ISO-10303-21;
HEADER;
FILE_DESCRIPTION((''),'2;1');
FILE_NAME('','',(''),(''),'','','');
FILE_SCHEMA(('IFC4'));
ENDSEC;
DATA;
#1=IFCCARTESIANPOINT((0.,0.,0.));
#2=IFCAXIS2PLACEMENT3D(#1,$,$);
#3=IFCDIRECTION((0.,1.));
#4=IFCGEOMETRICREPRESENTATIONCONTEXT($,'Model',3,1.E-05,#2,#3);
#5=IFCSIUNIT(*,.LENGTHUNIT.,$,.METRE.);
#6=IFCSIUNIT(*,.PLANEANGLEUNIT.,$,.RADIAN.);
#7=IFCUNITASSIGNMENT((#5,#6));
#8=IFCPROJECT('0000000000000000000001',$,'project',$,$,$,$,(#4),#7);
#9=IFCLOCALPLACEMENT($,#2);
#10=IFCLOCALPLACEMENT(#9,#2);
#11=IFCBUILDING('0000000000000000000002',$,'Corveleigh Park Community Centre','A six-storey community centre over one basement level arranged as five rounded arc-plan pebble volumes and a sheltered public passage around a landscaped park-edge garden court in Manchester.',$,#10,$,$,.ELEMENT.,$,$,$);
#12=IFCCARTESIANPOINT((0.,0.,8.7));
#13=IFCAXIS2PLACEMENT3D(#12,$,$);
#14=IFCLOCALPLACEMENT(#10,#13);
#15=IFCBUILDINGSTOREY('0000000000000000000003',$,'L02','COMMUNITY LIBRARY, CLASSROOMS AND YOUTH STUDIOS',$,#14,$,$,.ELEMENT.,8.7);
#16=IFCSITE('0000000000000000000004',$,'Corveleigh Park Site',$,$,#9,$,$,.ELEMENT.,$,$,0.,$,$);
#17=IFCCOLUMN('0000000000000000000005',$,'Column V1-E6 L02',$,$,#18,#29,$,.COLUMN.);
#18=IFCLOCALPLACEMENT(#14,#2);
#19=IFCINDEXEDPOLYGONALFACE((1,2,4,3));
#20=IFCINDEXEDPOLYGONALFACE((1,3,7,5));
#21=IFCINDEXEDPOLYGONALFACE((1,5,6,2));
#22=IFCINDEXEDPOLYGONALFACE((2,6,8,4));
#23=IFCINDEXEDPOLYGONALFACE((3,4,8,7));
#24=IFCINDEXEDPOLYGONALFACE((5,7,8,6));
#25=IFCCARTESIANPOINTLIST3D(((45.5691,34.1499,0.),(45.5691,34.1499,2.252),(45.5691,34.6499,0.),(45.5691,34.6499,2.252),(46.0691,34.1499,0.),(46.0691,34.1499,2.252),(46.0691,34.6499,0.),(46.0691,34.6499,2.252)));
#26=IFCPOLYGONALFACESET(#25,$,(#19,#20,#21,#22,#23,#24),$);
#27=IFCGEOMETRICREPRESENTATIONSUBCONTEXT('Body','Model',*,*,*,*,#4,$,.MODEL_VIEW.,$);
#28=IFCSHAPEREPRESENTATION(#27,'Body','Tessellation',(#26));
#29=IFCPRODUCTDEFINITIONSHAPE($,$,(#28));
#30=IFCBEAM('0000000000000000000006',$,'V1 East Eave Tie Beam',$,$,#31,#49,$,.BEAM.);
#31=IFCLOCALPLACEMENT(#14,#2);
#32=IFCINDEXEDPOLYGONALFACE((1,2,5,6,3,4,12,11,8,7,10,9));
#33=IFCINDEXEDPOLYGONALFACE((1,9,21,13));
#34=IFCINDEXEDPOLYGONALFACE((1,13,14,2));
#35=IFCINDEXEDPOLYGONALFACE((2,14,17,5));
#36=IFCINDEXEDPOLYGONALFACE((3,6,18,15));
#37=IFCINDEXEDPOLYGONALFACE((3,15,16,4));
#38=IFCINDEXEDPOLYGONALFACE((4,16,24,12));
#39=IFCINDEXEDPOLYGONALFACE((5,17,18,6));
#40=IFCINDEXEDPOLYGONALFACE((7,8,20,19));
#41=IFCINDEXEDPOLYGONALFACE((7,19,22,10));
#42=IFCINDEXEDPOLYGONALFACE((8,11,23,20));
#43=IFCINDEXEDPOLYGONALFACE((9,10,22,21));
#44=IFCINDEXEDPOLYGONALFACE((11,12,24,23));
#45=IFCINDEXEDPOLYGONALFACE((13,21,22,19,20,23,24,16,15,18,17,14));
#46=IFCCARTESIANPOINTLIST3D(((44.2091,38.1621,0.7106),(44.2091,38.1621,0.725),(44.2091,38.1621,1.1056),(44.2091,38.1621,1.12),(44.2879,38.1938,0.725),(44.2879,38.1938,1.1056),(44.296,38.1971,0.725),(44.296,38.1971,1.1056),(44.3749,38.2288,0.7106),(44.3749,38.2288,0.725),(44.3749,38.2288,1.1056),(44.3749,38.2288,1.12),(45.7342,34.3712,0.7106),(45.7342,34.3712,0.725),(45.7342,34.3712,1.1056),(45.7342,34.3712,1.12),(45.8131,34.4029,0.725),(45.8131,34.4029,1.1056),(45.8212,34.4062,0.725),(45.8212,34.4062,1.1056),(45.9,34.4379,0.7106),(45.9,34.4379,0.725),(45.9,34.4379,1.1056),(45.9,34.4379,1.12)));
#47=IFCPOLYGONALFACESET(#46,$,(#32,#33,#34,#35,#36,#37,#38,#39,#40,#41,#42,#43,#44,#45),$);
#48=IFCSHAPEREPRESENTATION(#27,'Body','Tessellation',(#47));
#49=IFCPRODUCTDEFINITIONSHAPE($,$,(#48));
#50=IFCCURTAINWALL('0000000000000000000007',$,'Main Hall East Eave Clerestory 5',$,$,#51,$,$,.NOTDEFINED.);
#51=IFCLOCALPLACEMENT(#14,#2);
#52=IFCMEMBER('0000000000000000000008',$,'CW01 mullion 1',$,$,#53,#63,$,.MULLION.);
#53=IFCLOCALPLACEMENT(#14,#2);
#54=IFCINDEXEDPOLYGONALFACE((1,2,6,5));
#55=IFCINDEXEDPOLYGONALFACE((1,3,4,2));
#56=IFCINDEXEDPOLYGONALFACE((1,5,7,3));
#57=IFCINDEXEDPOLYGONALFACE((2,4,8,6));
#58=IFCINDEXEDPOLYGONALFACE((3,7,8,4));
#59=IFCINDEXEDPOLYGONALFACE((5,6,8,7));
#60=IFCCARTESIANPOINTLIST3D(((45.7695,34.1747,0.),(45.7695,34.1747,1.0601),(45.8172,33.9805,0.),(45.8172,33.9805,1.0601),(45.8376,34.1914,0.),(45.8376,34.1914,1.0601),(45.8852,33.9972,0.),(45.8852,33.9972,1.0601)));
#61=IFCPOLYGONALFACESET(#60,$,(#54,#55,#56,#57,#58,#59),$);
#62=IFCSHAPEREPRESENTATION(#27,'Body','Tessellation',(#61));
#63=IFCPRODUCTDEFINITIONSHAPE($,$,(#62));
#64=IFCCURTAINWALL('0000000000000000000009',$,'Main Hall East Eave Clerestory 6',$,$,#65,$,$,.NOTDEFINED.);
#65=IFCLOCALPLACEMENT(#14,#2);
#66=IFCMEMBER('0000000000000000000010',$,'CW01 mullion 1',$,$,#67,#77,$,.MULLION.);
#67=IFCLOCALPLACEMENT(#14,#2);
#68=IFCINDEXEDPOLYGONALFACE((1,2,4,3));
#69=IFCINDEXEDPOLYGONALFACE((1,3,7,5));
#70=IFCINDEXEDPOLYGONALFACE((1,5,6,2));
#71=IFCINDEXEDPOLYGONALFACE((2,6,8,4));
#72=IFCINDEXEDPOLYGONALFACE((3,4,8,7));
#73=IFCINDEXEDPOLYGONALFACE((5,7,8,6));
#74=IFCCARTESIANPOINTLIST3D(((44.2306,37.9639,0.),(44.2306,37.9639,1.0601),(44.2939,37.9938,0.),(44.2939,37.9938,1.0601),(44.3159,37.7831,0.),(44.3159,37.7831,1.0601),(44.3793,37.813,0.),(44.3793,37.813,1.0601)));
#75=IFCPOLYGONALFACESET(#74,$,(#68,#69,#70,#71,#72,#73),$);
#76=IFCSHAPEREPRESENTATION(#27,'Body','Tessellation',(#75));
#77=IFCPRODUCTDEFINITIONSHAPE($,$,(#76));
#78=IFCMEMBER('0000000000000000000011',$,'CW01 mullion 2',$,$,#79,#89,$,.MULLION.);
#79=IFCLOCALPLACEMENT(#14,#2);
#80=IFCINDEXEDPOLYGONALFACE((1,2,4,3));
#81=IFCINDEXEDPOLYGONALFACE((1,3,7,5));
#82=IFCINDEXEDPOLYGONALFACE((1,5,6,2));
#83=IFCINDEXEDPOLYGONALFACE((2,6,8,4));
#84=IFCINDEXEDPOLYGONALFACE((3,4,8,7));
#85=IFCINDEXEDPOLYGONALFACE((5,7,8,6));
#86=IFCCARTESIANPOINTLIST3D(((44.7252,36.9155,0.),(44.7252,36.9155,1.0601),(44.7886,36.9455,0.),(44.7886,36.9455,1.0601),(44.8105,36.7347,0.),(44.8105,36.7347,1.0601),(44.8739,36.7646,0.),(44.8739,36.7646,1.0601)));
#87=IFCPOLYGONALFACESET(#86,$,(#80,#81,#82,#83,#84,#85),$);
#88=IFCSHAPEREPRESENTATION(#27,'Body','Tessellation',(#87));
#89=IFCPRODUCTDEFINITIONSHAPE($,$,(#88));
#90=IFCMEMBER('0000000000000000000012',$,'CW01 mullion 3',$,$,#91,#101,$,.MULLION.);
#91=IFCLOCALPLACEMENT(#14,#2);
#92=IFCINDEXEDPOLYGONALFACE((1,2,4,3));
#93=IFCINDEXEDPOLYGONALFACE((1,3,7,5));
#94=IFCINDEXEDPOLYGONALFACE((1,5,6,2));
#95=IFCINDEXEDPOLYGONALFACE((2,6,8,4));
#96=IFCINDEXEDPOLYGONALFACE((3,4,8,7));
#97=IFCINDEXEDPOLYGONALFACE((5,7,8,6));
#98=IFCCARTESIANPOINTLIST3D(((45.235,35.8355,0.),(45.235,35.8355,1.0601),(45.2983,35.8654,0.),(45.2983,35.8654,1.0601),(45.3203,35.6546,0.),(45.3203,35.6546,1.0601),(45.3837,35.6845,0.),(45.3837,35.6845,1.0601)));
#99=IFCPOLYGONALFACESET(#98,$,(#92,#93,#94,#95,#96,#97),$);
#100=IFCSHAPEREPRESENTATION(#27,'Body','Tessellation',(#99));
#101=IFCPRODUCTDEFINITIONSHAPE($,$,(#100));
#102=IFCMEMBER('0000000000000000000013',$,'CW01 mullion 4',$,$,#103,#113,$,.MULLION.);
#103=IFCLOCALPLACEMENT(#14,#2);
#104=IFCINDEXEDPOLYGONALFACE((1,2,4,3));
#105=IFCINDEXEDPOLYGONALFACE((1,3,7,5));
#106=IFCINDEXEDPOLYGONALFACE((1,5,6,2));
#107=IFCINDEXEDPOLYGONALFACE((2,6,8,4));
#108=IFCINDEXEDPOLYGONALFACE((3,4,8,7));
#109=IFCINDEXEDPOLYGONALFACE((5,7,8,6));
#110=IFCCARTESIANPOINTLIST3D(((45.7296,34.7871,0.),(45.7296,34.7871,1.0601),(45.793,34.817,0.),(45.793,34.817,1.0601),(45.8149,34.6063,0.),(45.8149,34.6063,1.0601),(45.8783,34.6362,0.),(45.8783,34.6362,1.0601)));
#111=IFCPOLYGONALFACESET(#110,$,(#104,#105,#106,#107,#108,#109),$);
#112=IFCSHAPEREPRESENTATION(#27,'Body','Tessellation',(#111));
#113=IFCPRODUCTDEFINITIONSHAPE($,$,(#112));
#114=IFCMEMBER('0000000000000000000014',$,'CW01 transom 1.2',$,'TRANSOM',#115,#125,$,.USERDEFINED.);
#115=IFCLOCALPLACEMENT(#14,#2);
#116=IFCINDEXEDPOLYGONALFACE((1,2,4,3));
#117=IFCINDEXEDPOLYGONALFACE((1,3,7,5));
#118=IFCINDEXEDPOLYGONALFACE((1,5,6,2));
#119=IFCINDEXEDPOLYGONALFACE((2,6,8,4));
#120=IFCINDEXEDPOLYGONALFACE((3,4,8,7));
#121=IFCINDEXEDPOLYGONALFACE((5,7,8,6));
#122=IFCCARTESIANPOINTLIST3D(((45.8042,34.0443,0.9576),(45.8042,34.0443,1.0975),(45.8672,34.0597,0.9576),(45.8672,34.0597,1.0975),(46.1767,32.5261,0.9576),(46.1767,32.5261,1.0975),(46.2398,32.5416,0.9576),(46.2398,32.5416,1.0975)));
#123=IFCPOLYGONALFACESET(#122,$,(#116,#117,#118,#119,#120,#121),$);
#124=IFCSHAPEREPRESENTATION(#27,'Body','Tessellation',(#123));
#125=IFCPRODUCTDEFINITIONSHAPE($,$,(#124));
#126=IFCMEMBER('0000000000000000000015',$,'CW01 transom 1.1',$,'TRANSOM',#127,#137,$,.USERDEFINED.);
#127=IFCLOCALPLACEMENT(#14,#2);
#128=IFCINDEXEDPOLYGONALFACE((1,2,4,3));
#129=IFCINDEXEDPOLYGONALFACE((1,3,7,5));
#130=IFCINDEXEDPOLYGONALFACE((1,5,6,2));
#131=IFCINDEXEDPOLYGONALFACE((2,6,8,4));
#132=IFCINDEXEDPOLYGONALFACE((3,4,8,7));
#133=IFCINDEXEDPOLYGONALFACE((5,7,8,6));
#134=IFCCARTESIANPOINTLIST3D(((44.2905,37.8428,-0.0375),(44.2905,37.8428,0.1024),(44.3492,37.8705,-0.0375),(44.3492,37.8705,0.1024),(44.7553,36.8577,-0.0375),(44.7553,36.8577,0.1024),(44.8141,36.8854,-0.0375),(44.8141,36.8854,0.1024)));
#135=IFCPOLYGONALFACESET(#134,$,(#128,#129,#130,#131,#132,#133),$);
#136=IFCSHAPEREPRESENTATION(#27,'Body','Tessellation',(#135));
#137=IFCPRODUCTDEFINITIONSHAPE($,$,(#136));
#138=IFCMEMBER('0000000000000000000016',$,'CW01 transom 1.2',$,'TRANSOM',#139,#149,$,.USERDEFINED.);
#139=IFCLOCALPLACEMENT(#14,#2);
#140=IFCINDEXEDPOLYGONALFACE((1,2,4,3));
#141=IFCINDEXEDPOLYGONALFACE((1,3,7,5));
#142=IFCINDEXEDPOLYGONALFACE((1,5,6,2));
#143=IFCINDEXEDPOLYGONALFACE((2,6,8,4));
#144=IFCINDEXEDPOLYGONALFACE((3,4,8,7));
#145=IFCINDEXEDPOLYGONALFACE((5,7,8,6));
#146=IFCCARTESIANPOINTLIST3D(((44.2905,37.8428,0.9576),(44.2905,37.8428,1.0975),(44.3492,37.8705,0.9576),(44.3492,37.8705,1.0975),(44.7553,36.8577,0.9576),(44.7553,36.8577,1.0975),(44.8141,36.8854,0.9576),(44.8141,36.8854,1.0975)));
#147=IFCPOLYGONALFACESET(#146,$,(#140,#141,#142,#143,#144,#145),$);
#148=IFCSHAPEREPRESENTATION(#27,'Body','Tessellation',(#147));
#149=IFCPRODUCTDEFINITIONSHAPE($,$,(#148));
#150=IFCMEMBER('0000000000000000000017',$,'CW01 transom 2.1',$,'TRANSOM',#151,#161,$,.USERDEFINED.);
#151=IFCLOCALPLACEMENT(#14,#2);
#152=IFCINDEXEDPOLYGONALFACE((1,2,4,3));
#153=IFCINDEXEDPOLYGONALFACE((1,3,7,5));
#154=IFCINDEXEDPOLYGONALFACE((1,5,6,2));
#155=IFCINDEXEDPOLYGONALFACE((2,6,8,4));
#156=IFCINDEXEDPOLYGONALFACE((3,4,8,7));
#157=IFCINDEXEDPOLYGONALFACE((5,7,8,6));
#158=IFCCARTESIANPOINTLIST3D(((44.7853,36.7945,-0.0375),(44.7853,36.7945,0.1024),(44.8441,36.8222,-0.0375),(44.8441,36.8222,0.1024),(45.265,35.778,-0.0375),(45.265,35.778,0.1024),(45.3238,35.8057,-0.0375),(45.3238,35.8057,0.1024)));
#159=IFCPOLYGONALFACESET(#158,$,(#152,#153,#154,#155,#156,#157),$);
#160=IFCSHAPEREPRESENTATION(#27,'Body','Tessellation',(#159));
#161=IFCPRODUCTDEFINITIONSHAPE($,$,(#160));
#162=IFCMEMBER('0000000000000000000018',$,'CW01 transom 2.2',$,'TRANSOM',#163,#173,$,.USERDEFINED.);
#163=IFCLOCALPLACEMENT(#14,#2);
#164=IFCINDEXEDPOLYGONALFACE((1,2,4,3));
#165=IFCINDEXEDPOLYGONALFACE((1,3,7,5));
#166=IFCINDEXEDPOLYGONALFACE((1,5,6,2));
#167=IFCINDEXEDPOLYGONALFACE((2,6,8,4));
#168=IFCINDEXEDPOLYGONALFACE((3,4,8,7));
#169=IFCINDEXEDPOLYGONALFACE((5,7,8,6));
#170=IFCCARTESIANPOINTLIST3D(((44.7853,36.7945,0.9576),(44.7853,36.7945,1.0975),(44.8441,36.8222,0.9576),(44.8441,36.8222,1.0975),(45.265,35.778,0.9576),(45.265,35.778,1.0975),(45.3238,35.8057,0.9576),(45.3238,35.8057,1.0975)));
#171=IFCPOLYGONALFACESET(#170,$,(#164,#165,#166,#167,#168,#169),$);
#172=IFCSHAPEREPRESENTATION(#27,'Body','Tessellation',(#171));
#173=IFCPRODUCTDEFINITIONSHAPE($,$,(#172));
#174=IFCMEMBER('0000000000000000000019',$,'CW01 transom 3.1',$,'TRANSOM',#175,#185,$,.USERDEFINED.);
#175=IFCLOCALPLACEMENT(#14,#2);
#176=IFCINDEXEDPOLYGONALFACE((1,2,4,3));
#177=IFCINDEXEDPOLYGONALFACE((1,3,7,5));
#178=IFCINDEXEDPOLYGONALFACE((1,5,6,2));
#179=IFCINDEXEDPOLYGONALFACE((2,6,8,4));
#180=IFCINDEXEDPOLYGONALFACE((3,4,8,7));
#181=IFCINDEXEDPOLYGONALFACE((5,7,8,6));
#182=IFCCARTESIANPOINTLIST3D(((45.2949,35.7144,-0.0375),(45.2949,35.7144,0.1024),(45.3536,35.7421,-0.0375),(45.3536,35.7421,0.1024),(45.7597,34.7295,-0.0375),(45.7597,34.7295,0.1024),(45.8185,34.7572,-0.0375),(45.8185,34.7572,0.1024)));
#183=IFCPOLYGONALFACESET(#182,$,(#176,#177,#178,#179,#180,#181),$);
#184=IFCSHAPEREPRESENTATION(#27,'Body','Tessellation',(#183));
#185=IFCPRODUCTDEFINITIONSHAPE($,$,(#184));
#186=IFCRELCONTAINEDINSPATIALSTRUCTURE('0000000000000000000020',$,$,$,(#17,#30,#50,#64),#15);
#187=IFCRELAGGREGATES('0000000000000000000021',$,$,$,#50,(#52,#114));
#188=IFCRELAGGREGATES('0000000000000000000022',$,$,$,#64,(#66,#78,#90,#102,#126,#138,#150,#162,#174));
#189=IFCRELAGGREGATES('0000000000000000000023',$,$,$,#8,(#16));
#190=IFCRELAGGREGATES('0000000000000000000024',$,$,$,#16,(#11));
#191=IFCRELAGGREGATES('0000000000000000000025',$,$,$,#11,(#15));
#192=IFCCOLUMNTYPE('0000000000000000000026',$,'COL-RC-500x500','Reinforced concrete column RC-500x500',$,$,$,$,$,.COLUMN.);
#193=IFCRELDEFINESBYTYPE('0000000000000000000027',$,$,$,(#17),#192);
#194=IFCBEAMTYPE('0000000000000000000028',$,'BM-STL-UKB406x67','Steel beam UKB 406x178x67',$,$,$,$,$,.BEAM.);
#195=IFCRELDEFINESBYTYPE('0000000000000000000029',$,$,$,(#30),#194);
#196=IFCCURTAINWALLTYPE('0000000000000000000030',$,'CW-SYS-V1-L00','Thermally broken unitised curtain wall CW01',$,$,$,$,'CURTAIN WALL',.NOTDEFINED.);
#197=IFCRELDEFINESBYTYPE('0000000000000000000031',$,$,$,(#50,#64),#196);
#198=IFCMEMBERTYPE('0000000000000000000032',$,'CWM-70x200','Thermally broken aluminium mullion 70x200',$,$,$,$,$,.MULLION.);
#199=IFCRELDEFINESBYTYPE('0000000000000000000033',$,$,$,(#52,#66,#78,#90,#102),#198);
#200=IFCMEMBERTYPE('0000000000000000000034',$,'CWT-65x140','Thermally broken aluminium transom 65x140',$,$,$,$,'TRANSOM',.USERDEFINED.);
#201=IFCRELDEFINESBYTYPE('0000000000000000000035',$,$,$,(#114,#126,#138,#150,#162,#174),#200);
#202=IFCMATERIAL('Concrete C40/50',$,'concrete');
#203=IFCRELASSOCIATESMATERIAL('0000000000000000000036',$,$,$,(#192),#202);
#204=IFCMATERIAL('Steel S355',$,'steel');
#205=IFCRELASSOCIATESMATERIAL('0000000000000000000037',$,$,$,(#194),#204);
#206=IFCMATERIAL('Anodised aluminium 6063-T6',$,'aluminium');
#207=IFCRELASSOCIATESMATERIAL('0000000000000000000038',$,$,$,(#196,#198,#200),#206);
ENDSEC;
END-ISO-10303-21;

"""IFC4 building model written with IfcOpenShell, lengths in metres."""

from ifc_helpers import new_model, si_unit, direction, frame, origin, origin_2d, place, context, subcontext, project, spatial, rectangle, i_section, extrude, material, material_profile, profile_set, type_object, element, aggregate, save


model = new_model("IFC4")

# Units and contexts
model_context = context("Model", 3, precision=1e-05, world=origin(), true_north=direction((0.0, 1.0)))
body_context = subcontext(model_context, "Body", "Model", "MODEL_VIEW")
ifc_project = project(units=[si_unit("LENGTHUNIT", "METRE"), si_unit("PLANEANGLEUNIT", "RADIAN")], contexts=[model_context])

# Site, building, storey
site_placement = place(None, origin())
site = spatial("IfcSite", under=ifc_project, at=site_placement, Name="Corveleigh Park Site", CompositionType="ELEMENT", RefElevation=0.0)
building_placement = place(site_placement, origin())
building = spatial("IfcBuilding", under=site, at=building_placement, Name="Corveleigh Park Community Centre", Description="A six-storey community centre over one basement level arranged as five rounded arc-plan pebble volumes and a sheltered public passage around a landscaped park-edge garden court in Manchester.", CompositionType="ELEMENT")
storey_placement = place(building_placement, frame((0.0, 0.0, 8.7)))
storey = spatial("IfcBuildingStorey", under=building, at=storey_placement, Name="L02", Description="COMMUNITY LIBRARY, CLASSROOMS AND YOUTH STUDIOS", CompositionType="ELEMENT", Elevation=8.7)

# Column
ifc_material_1 = material(Name="Concrete C40/50", Category="concrete")
ifc_material_profile_1 = material_profile(ifc_material_1, rectangle(XDim=0.5, YDim=0.5, at=origin_2d()), Name="RC-500x500", Category="concrete")
ifc_profile_set_1 = profile_set([ifc_material_profile_1], Name="Concrete C40/50")
column_type = type_object("IfcColumnType", Name="COL-RC-500x500", Description="Reinforced concrete column RC-500x500", PredefinedType="COLUMN", material=ifc_profile_set_1)
column_placement = place(storey_placement, frame((45.8191, 34.3999, 0.0), z_axis=(0.0, 0.0, 1.0), x_axis=(1.0, 0.0, 0.0)))
element("IfcColumn", 1, at=column_placement, inside=storey, type_object=column_type, Name="Column V1-E6 L02", PredefinedType="COLUMN", context=body_context, shape_type="SweptSolid", body=[
    extrude(rectangle(XDim=0.5, YDim=0.5, at=origin_2d()), origin(), (0.0, 0.0, 1.0), 2.252),
])

# Beam
ifc_material_2 = material(Name="Steel S355", Category="steel")
ifc_material_profile_2 = material_profile(ifc_material_2, i_section(OverallWidth=0.1787, OverallDepth=0.4094, WebThickness=0.0088, FlangeThickness=0.0144, at=origin_2d()), Name="UKB 406x178x67", Category="steel")
ifc_profile_set_2 = profile_set([ifc_material_profile_2], Name="Steel S355")
beam_type = type_object("IfcBeamType", Name="BM-STL-UKB406x67", Description="Steel beam UKB 406x178x67", PredefinedType="BEAM", material=ifc_profile_set_2)
beam_placement = place(storey_placement, frame((45.8171, 34.4045, 0.9153), z_axis=(-0.373255, 0.927729, 0.0), x_axis=(-0.927729, -0.373255, 0.0)))
element("IfcBeam", 2, at=beam_placement, inside=storey, type_object=beam_type, Name="V1 East Eave Tie Beam", PredefinedType="BEAM", context=body_context, shape_type="SweptSolid", body=[
    extrude(i_section(OverallWidth=0.1787, OverallDepth=0.4094, WebThickness=0.0088, FlangeThickness=0.0144, at=origin_2d()), origin(), (0.0, 0.0, 1.0), 4.0862),
])

# Curtain wall, member
ifc_material_3 = material(Name="Anodised aluminium 6063-T6", Category="aluminium")
curtain_wall_type = type_object("IfcCurtainWallType", Name="CW-SYS-V1-L00", Description="Thermally broken unitised curtain wall CW01", ElementType="CURTAIN WALL", PredefinedType="NOTDEFINED", material=ifc_material_3)
curtain_wall_1_placement = place(storey_placement, origin())
curtain_wall_1 = element("IfcCurtainWall", 3, at=curtain_wall_1_placement, inside=storey, type_object=curtain_wall_type, Name="Main Hall East Eave Clerestory 5", PredefinedType="NOTDEFINED")
ifc_material_profile_3 = material_profile(ifc_material_3, rectangle(XDim=0.0701, YDim=0.2, at=origin_2d()), Name="ALU-M70x200", Category="aluminium")
ifc_profile_set_3 = profile_set([ifc_material_profile_3], Name="Anodised aluminium 6063-T6")
member_type_1 = type_object("IfcMemberType", Name="CWM-70x200", Description="Thermally broken aluminium mullion 70x200", PredefinedType="MULLION", material=ifc_profile_set_3)
member_1_placement = place(storey_placement, frame((45.8274, 34.0859, 0.0), z_axis=(0.0, 0.0, 1.0), x_axis=(0.971191, 0.238302, 0.0)))
member_1 = element("IfcMember", 4, at=member_1_placement, type_object=member_type_1, Name="CW01 mullion 1", PredefinedType="MULLION", context=body_context, shape_type="SweptSolid", body=[
    extrude(rectangle(XDim=0.0701, YDim=0.2, at=origin_2d()), origin(), (0.0, 0.0, 1.0), 1.0601),
])

# Curtain wall, members
curtain_wall_2_placement = place(storey_placement, origin())
curtain_wall_2 = element("IfcCurtainWall", 5, at=curtain_wall_2_placement, inside=storey, type_object=curtain_wall_type, Name="Main Hall East Eave Clerestory 6", PredefinedType="NOTDEFINED")
member_2_placement = place(storey_placement, frame((44.3049, 37.8884, 0.0), z_axis=(0.0, 0.0, 1.0), x_axis=(0.904356, 0.426778, 0.0)))
member_2 = element("IfcMember", 6, at=member_2_placement, type_object=member_type_1, Name="CW01 mullion 1", PredefinedType="MULLION", context=body_context, shape_type="SweptSolid", body=[
    extrude(rectangle(XDim=0.0701, YDim=0.2, at=origin_2d()), origin(), (0.0, 0.0, 1.0), 1.0601),
])
member_3_placement = place(storey_placement, frame((44.7996, 36.8401, 0.0), z_axis=(0.0, 0.0, 1.0), x_axis=(0.904356, 0.426778, 0.0)))
member_3 = element("IfcMember", 7, at=member_3_placement, type_object=member_type_1, Name="CW01 mullion 2", PredefinedType="MULLION", context=body_context, shape_type="SweptSolid", body=[
    extrude(rectangle(XDim=0.0701, YDim=0.2, at=origin_2d()), origin(), (0.0, 0.0, 1.0), 1.0601),
])
member_4_placement = place(storey_placement, frame((45.3093, 35.76, 0.0), z_axis=(0.0, 0.0, 1.0), x_axis=(0.904356, 0.426778, 0.0)))
member_4 = element("IfcMember", 8, at=member_4_placement, type_object=member_type_1, Name="CW01 mullion 3", PredefinedType="MULLION", context=body_context, shape_type="SweptSolid", body=[
    extrude(rectangle(XDim=0.0701, YDim=0.2, at=origin_2d()), origin(), (0.0, 0.0, 1.0), 1.0601),
])
member_5_placement = place(storey_placement, frame((45.804, 34.7117, 0.0), z_axis=(0.0, 0.0, 1.0), x_axis=(0.904356, 0.426778, 0.0)))
member_5 = element("IfcMember", 9, at=member_5_placement, type_object=member_type_1, Name="CW01 mullion 4", PredefinedType="MULLION", context=body_context, shape_type="SweptSolid", body=[
    extrude(rectangle(XDim=0.0701, YDim=0.2, at=origin_2d()), origin(), (0.0, 0.0, 1.0), 1.0601),
])

# Members
ifc_material_profile_4 = material_profile(ifc_material_3, rectangle(XDim=0.0649, YDim=0.1399, at=origin_2d()), Name="ALU-T65x140", Category="aluminium")
ifc_profile_set_4 = profile_set([ifc_material_profile_4], Name="Anodised aluminium 6063-T6")
member_type_2 = type_object("IfcMemberType", Name="CWT-65x140", Description="Thermally broken aluminium transom 65x140", ElementType="TRANSOM", PredefinedType="USERDEFINED", material=ifc_profile_set_4)
member_6_placement = place(storey_placement, frame((45.8357, 34.052, 1.0276), z_axis=(0.238344, -0.971181, 0.0), x_axis=(0.971181, 0.238344, 0.0)))
member_6 = element("IfcMember", 10, at=member_6_placement, type_object=member_type_2, Name="CW01 transom 1.2", ObjectType="TRANSOM", PredefinedType="USERDEFINED", context=body_context, shape_type="SweptSolid", body=[
    extrude(rectangle(XDim=0.0649, YDim=0.1399, at=origin_2d()), origin(), (0.0, 0.0, 1.0), 1.5632),
])
aggregate(curtain_wall_1, [member_1, member_6])
member_7_placement = place(storey_placement, frame((44.3198, 37.8567, 0.0325), z_axis=(0.426747, -0.904371, 0.0), x_axis=(0.904371, 0.426747, 0.0)))
member_7 = element("IfcMember", 11, at=member_7_placement, type_object=member_type_2, Name="CW01 transom 1.1", ObjectType="TRANSOM", PredefinedType="USERDEFINED", context=body_context, shape_type="SweptSolid", body=[
    extrude(rectangle(XDim=0.0649, YDim=0.1399, at=origin_2d()), origin(), (0.0, 0.0, 1.0), 1.0894),
])
member_8_placement = place(storey_placement, frame((44.3198, 37.8567, 1.0276), z_axis=(0.426747, -0.904371, 0.0), x_axis=(0.904371, 0.426747, 0.0)))
member_8 = element("IfcMember", 12, at=member_8_placement, type_object=member_type_2, Name="CW01 transom 1.2", ObjectType="TRANSOM", PredefinedType="USERDEFINED", context=body_context, shape_type="SweptSolid", body=[
    extrude(rectangle(XDim=0.0649, YDim=0.1399, at=origin_2d()), origin(), (0.0, 0.0, 1.0), 1.0894),
])
member_9_placement = place(storey_placement, frame((44.8147, 36.8083, 0.0325), z_axis=(0.42677, -0.90436, 0.0), x_axis=(0.90436, 0.42677, 0.0)))
member_9 = element("IfcMember", 13, at=member_9_placement, type_object=member_type_2, Name="CW01 transom 2.1", ObjectType="TRANSOM", PredefinedType="USERDEFINED", context=body_context, shape_type="SweptSolid", body=[
    extrude(rectangle(XDim=0.0649, YDim=0.1399, at=origin_2d()), origin(), (0.0, 0.0, 1.0), 1.124),
])
member_10_placement = place(storey_placement, frame((44.8147, 36.8083, 1.0276), z_axis=(0.42677, -0.90436, 0.0), x_axis=(0.90436, 0.42677, 0.0)))
member_10 = element("IfcMember", 14, at=member_10_placement, type_object=member_type_2, Name="CW01 transom 2.2", ObjectType="TRANSOM", PredefinedType="USERDEFINED", context=body_context, shape_type="SweptSolid", body=[
    extrude(rectangle(XDim=0.0649, YDim=0.1399, at=origin_2d()), origin(), (0.0, 0.0, 1.0), 1.124),
])
member_11_placement = place(storey_placement, frame((45.3242, 35.7283, 0.0325), z_axis=(0.426833, -0.90433, 0.0), x_axis=(0.90433, 0.426833, 0.0)))
member_11 = element("IfcMember", 15, at=member_11_placement, type_object=member_type_2, Name="CW01 transom 3.1", ObjectType="TRANSOM", PredefinedType="USERDEFINED", context=body_context, shape_type="SweptSolid", body=[
    extrude(rectangle(XDim=0.0649, YDim=0.1399, at=origin_2d()), origin(), (0.0, 0.0, 1.0), 1.0891),
])

aggregate(curtain_wall_2, [member_2, member_3, member_4, member_5, member_7, member_8, member_9, member_10, member_11])

save(model, "model.ifc")
